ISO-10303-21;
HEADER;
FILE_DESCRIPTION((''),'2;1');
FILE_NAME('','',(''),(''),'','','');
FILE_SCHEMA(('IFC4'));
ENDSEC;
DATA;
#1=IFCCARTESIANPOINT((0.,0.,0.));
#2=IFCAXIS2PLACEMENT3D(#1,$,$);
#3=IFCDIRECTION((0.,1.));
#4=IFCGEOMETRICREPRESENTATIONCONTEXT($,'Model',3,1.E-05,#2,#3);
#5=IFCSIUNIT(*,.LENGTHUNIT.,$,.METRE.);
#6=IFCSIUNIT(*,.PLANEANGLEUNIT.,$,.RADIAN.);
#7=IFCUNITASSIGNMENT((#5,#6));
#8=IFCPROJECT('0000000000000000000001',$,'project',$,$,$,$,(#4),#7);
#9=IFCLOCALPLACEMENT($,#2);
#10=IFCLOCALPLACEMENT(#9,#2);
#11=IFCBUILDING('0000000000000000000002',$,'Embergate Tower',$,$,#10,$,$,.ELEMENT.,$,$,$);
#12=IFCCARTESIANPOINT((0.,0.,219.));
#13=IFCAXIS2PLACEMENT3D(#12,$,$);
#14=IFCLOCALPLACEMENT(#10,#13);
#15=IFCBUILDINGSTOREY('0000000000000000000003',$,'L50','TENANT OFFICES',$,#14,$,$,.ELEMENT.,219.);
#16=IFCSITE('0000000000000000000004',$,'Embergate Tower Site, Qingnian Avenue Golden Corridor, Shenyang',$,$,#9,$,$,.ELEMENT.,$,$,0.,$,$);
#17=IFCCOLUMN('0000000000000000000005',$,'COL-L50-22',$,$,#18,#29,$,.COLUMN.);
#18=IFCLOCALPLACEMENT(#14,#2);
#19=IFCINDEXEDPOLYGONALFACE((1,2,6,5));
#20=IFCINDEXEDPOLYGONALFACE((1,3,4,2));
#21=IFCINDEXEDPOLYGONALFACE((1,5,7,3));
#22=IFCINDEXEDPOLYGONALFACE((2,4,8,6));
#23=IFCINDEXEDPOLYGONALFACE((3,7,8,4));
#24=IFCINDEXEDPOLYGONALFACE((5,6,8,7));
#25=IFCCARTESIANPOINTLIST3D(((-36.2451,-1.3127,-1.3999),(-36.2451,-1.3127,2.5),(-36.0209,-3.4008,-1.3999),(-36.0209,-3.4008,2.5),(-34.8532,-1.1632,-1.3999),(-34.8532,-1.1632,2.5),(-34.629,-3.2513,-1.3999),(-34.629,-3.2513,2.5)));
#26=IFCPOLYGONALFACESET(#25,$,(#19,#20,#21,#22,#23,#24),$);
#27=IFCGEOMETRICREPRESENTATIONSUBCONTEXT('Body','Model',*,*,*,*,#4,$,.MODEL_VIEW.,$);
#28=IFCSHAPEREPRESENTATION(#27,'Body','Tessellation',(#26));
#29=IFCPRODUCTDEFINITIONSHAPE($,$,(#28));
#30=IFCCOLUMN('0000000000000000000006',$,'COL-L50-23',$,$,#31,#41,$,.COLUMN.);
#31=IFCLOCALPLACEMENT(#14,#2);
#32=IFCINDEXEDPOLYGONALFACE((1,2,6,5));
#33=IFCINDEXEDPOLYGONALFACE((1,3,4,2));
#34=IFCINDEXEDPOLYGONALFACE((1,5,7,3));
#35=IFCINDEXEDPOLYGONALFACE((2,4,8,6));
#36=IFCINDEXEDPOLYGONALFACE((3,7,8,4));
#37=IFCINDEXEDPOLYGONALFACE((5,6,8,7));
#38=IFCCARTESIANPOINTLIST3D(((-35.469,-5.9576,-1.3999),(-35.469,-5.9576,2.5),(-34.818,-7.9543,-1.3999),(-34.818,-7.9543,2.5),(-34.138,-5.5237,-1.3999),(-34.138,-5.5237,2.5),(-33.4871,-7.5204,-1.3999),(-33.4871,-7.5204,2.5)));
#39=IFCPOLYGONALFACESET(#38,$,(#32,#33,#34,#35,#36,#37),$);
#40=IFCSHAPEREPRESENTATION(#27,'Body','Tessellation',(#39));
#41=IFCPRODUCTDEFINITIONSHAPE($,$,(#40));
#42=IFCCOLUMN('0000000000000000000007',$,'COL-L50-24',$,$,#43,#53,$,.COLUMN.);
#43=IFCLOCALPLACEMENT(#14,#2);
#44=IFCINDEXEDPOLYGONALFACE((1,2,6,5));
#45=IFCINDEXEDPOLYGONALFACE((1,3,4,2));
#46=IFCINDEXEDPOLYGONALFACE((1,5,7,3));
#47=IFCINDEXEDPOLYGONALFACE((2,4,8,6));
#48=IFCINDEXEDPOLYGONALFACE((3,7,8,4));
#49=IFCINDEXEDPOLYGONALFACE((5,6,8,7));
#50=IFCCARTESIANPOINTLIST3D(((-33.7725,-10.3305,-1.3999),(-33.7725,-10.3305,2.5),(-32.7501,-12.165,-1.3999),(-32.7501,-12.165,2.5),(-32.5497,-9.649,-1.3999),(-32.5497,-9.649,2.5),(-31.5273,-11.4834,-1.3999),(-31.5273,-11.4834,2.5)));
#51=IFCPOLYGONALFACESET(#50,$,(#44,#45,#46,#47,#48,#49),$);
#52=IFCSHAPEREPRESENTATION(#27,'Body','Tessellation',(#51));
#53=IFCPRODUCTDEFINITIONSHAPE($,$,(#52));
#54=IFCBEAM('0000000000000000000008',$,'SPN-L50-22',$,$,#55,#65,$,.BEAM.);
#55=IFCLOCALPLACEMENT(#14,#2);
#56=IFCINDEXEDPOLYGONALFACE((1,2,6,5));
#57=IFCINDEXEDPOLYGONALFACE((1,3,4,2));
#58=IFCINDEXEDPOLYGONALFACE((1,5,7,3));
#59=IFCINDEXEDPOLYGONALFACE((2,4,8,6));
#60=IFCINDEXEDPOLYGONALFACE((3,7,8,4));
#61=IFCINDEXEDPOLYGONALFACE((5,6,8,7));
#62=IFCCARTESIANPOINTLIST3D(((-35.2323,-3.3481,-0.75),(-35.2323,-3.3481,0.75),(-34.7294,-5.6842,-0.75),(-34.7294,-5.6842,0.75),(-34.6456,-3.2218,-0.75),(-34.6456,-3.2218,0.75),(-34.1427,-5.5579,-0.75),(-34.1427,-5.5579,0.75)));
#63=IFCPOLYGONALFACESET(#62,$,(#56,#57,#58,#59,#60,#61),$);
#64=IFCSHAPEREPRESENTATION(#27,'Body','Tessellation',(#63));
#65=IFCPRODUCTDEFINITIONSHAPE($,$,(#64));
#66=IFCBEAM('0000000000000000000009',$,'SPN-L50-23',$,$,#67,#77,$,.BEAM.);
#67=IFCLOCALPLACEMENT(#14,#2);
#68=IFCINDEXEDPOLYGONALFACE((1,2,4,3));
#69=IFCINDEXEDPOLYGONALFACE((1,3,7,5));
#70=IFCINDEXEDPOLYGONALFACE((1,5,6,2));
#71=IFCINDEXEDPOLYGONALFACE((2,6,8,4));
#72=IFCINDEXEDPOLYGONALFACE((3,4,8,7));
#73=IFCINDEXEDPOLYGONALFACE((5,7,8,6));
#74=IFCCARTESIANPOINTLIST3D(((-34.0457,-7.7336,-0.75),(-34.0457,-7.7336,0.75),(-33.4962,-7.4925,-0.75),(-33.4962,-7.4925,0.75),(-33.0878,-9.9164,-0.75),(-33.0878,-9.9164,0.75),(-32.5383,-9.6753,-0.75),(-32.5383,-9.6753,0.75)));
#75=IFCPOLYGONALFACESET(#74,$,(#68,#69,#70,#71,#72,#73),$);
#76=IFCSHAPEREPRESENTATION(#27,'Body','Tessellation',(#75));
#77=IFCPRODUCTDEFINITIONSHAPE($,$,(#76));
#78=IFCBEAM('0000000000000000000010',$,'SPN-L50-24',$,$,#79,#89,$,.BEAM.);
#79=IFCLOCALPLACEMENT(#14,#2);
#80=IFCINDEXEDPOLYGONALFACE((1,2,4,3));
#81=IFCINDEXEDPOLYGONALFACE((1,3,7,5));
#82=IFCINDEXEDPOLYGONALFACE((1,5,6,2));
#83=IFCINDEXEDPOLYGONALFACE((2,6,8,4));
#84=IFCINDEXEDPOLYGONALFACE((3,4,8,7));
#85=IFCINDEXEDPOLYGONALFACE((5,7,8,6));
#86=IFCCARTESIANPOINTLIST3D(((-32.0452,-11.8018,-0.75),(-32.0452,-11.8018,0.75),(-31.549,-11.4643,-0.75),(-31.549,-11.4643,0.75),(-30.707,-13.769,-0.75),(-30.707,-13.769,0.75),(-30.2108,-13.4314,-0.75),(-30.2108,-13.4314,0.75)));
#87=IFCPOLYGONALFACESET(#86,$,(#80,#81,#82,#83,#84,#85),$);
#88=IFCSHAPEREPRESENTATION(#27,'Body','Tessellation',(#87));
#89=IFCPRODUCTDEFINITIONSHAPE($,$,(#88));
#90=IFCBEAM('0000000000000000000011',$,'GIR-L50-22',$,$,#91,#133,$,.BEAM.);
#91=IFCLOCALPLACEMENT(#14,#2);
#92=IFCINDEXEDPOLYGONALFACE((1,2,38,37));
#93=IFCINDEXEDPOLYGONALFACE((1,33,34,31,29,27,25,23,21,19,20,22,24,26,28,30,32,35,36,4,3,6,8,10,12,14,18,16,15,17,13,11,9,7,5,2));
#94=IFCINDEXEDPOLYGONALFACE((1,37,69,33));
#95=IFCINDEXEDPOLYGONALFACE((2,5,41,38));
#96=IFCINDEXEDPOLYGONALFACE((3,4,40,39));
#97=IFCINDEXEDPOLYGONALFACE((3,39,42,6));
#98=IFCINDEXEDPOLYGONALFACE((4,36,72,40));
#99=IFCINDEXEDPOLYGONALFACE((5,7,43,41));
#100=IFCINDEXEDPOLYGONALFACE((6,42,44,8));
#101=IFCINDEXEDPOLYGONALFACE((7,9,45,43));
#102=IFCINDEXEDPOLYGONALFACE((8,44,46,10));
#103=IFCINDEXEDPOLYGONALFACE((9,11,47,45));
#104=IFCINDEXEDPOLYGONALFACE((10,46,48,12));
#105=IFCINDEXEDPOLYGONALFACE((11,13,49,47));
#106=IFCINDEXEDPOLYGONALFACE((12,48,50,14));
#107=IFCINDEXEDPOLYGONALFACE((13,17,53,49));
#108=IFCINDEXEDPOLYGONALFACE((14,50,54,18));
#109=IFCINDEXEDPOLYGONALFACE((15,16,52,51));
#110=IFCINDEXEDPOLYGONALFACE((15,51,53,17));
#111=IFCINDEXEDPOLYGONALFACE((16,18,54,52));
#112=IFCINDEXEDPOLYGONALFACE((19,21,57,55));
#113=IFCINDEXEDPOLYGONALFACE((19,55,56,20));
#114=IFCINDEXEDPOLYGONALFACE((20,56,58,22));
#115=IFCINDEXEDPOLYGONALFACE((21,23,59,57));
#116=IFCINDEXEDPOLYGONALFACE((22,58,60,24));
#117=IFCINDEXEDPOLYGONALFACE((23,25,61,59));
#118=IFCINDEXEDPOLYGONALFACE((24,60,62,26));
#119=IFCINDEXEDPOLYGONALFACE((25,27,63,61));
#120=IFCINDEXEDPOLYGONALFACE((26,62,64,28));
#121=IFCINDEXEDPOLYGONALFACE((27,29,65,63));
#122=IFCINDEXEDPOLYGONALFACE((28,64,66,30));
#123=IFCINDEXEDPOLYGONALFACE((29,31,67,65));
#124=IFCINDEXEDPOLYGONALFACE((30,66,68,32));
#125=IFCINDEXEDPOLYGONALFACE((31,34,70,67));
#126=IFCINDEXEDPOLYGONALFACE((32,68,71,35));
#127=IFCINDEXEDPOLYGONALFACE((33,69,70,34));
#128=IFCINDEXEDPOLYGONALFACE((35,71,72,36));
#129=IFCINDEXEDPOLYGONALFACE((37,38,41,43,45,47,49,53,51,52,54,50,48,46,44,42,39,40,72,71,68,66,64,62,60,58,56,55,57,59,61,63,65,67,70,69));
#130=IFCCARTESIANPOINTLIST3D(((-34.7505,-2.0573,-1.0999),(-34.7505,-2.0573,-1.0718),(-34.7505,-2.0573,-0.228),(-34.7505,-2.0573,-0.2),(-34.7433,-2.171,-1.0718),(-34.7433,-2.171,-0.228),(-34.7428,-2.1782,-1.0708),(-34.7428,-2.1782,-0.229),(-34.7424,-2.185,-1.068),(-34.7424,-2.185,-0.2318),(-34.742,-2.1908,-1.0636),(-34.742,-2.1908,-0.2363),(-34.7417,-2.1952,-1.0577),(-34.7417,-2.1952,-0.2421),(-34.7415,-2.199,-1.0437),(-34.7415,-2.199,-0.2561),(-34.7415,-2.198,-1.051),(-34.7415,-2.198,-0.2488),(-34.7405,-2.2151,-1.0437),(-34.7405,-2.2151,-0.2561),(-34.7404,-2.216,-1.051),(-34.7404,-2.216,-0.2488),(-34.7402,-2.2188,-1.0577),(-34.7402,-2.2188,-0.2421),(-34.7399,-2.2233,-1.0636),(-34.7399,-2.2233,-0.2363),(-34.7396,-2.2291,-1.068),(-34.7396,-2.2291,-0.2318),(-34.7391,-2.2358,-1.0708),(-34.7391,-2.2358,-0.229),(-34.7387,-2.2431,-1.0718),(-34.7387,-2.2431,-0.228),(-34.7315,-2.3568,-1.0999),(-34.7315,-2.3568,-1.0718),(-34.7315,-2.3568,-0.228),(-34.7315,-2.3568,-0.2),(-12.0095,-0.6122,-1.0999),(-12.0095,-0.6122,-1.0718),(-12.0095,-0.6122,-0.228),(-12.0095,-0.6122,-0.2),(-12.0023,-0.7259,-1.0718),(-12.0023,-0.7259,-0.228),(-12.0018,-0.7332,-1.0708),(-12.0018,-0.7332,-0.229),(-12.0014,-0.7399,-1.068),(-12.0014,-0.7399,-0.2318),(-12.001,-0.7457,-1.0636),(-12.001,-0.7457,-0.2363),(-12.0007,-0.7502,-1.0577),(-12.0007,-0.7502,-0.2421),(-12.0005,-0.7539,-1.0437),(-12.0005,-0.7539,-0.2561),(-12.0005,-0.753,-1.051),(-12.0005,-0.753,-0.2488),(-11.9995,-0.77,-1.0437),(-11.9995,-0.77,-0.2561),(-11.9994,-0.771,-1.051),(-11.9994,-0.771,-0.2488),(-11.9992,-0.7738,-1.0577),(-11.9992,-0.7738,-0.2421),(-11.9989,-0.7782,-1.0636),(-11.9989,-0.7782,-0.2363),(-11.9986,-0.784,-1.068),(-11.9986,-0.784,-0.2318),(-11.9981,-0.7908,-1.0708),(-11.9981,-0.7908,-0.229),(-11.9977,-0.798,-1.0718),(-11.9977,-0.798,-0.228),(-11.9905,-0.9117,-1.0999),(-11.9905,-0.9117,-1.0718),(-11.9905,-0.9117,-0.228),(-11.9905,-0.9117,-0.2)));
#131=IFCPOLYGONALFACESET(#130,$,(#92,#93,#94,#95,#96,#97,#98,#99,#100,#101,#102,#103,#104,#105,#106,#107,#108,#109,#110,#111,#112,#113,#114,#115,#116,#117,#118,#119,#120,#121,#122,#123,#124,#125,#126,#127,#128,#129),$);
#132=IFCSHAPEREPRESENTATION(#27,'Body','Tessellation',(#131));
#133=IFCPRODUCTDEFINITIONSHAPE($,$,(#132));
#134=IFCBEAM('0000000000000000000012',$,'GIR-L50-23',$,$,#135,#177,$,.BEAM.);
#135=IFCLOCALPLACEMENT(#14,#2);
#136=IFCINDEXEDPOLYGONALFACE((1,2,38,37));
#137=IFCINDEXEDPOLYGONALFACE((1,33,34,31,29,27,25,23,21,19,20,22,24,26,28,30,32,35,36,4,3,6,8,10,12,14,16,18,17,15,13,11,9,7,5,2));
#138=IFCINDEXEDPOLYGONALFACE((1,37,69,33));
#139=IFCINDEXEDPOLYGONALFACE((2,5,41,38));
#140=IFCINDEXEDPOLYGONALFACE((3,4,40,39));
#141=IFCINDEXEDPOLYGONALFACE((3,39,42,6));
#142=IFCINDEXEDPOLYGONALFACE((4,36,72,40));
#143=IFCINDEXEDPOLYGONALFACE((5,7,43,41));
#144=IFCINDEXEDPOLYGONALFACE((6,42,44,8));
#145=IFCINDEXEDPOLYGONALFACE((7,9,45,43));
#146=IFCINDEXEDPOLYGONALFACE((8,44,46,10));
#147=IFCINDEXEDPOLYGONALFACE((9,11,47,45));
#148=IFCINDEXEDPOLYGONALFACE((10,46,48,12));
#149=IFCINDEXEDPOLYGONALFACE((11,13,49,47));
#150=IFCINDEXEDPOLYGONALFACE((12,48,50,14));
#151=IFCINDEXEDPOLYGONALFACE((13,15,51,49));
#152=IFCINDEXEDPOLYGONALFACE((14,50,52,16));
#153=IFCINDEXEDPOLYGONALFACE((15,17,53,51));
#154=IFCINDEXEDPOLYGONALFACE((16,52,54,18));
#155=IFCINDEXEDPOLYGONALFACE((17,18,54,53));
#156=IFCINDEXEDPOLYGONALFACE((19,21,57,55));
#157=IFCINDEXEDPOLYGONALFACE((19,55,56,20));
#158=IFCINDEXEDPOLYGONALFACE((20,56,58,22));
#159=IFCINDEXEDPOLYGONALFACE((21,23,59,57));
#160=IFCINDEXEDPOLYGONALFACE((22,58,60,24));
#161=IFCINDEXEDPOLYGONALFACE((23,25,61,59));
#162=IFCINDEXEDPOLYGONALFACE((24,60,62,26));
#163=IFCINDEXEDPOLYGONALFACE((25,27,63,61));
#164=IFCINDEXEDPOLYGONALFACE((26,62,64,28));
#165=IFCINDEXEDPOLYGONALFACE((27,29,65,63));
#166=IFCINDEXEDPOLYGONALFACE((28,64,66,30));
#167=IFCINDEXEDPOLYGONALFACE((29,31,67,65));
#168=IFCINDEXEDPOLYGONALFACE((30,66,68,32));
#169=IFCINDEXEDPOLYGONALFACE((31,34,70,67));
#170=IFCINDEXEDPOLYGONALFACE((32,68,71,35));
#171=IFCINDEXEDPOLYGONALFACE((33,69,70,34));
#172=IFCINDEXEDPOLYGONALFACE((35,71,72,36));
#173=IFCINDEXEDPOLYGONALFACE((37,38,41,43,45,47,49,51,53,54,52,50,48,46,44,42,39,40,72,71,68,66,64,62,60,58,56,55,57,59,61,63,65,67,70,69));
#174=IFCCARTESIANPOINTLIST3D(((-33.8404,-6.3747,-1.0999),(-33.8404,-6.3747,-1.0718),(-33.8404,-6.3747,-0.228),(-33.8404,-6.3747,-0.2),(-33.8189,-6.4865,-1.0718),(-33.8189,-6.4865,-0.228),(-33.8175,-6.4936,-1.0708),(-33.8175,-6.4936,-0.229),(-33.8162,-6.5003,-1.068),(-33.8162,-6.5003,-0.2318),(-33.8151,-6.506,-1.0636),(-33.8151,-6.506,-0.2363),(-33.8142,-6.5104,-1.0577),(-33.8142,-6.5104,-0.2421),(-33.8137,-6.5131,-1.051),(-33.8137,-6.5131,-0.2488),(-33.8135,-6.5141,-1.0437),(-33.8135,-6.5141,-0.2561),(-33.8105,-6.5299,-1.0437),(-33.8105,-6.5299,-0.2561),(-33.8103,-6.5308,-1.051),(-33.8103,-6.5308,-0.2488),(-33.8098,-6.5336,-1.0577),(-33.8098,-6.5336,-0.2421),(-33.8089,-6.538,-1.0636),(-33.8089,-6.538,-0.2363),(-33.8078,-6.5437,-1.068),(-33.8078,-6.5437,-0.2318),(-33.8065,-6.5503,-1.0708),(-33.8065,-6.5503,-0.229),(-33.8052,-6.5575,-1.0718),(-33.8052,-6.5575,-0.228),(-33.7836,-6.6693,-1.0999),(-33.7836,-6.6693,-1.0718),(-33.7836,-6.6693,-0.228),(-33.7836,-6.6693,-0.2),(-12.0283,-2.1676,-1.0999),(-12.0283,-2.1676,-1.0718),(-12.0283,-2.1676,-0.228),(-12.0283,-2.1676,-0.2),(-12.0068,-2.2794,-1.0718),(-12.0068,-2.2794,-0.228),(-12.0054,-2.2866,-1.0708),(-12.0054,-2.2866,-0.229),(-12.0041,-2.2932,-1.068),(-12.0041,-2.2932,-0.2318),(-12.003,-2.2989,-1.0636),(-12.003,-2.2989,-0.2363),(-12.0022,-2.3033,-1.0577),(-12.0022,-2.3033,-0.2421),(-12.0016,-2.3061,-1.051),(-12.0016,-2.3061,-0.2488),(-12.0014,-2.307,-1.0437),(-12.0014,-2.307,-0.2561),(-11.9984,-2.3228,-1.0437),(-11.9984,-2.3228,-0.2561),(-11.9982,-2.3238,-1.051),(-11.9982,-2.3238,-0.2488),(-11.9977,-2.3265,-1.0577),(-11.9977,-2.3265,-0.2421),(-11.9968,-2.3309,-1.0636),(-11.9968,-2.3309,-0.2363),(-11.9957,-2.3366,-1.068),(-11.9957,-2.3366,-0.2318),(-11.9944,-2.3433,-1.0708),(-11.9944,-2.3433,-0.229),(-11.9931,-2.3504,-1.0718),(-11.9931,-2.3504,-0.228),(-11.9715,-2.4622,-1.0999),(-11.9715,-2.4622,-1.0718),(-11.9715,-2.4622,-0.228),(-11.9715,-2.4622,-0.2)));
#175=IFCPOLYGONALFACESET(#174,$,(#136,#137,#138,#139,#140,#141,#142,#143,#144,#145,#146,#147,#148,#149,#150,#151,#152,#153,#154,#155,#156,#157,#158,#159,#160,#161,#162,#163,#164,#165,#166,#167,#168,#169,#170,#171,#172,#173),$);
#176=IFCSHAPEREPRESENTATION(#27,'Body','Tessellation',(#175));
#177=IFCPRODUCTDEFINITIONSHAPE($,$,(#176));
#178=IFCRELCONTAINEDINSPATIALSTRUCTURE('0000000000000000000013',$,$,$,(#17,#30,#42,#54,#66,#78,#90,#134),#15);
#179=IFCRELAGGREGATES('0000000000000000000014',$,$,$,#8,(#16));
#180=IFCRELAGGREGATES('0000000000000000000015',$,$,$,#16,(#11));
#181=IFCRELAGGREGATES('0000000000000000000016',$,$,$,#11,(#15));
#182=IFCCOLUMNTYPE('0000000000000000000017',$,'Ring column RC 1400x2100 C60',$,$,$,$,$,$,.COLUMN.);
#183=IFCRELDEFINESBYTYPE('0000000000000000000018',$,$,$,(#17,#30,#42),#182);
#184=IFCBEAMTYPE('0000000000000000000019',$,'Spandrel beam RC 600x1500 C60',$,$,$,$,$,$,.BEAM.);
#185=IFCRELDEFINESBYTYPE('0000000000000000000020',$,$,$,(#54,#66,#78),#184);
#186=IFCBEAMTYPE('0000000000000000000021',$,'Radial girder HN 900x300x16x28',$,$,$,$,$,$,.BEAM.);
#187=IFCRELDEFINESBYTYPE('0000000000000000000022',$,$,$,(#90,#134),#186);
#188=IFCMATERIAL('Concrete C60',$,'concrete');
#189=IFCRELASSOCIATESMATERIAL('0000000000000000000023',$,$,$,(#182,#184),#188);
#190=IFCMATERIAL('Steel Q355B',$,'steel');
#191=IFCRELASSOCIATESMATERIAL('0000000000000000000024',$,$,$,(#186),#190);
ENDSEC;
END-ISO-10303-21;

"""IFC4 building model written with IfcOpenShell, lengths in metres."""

from ifc_helpers import new_model, si_unit, direction, frame, origin, origin_2d, place, context, subcontext, project, spatial, rectangle, i_section, extrude, source, transform, mapped, material, material_profile, profile_set, type_object, element, save


model = new_model("IFC4")

# Units and contexts
model_context = context("Model", 3, precision=1e-05, world=origin(), true_north=direction((0.0, 1.0)))
body_context = subcontext(model_context, "Body", "Model", "MODEL_VIEW")
ifc_project = project(units=[si_unit("LENGTHUNIT", "METRE"), si_unit("PLANEANGLEUNIT", "RADIAN")], contexts=[model_context])

# Site, building, storey
site_placement = place(None, origin())
site = spatial("IfcSite", under=ifc_project, at=site_placement, Name="Embergate Tower Site, Qingnian Avenue Golden Corridor, Shenyang", CompositionType="ELEMENT", RefElevation=0.0)
building_placement = place(site_placement, origin())
building = spatial("IfcBuilding", under=site, at=building_placement, Name="Embergate Tower", CompositionType="ELEMENT")
storey_placement = place(building_placement, frame((0.0, 0.0, 219.0)))
storey = spatial("IfcBuildingStorey", under=building, at=storey_placement, Name="L50", Description="TENANT OFFICES", CompositionType="ELEMENT", Elevation=219.0)

# Columns
ifc_material_1 = material(Name="Concrete C60", Category="concrete")
ifc_material_profile_1 = material_profile(ifc_material_1, rectangle(XDim=1.3999, YDim=2.1001, at=origin_2d()), Name="RC 1400x2100")
ifc_profile_set_1 = profile_set([ifc_material_profile_1], Name="Concrete C60")
column_type = type_object("IfcColumnType", Name="Ring column RC 1400x2100 C60", PredefinedType="COLUMN", material=ifc_profile_set_1)
shared_shape_1 = source(origin(), body_context, "Body", "SweptSolid", [
    extrude(rectangle(XDim=1.3999, YDim=2.1001, at=origin_2d()), origin(), (0.0, 0.0, 1.0), 3.8999),
])
for number, where, z_axis, x_axis, name in (
    (1, (-35.437, -2.282, -1.3999), (0.0, 0.0, 1.0), (-0.994286, -0.10675, 0.0), "COL-L50-22"),
    (2, (-34.478, -6.739, -1.3999), (0.0, 0.0, 1.0), (-0.950754, -0.309946, 0.0), "COL-L50-23"),
    (3, (-32.6499, -10.907, -1.3999), (0.0, 0.0, 1.0), (-0.8735, -0.486823, 0.0), "COL-L50-24"),
):
    element("IfcColumn", number, at=place(storey_placement, frame(where, z_axis=z_axis, x_axis=x_axis)), inside=storey, type_object=column_type, Name=name, PredefinedType="COLUMN", context=body_context, shape_type="MappedRepresentation", body=[
        mapped(shared_shape_1, transform((0.0, 0.0, 0.0))),
    ])

# Beams
ifc_material_profile_2 = material_profile(ifc_material_1, rectangle(XDim=0.6001, YDim=1.5, at=origin_2d()), Name="RC 600x1500")
ifc_profile_set_2 = profile_set([ifc_material_profile_2], Name="Concrete C60")
beam_type_1 = type_object("IfcBeamType", Name="Spandrel beam RC 600x1500 C60", PredefinedType="BEAM", material=ifc_profile_set_2)
shared_shape_2 = source(origin(), body_context, "Body", "SweptSolid", [
    extrude(rectangle(XDim=0.6001, YDim=1.5, at=origin_2d()), origin(), (0.0, 0.0, 1.0), 2.3896),
])
beam_1_placement = place(storey_placement, frame((-34.939, -3.2849, 0.0), z_axis=(0.210457, -0.977603, 0.0), x_axis=(0.977603, 0.210457, 0.0)))
element("IfcBeam", 4, at=beam_1_placement, inside=storey, type_object=beam_type_1, Name="SPN-L50-22", PredefinedType="BEAM", context=body_context, shape_type="MappedRepresentation", body=[
    mapped(shared_shape_2, transform((0.0, 0.0, 0.0))),
])
shared_shape_3 = source(origin(), body_context, "Body", "SweptSolid", [
    extrude(rectangle(XDim=0.6001, YDim=1.5, at=origin_2d()), origin(), (0.0, 0.0, 1.0), 2.3838),
])
beam_2_placement = place(storey_placement, frame((-33.771, -7.613, 0.0), z_axis=(0.401877, -0.915694, 0.0), x_axis=(0.915694, 0.401877, 0.0)))
element("IfcBeam", 5, at=beam_2_placement, inside=storey, type_object=beam_type_1, Name="SPN-L50-23", PredefinedType="BEAM", context=body_context, shape_type="MappedRepresentation", body=[
    mapped(shared_shape_3, transform((0.0, 0.0, 0.0))),
])
shared_shape_4 = source(origin(), body_context, "Body", "SweptSolid", [
    extrude(rectangle(XDim=0.6001, YDim=1.5, at=origin_2d()), origin(), (0.0, 0.0, 1.0), 2.3792),
])
beam_3_placement = place(storey_placement, frame((-31.7971, -11.6331, 0.0), z_axis=(0.562467, -0.82682, 0.0), x_axis=(0.82682, 0.562467, 0.0)))
element("IfcBeam", 6, at=beam_3_placement, inside=storey, type_object=beam_type_1, Name="SPN-L50-24", PredefinedType="BEAM", context=body_context, shape_type="MappedRepresentation", body=[
    mapped(shared_shape_4, transform((0.0, 0.0, 0.0))),
])
ifc_material_2 = material(Name="Steel Q355B", Category="steel")
ifc_material_profile_3 = material_profile(ifc_material_2, i_section(OverallWidth=0.3, OverallDepth=0.8999, WebThickness=0.0161, FlangeThickness=0.0281, FilletRadius=0.0281, at=origin_2d()), Name="HN 900x300x16x28")
ifc_profile_set_3 = profile_set([ifc_material_profile_3], Name="Steel Q355 grade B")
beam_type_2 = type_object("IfcBeamType", Name="Radial girder HN 900x300x16x28", PredefinedType="BEAM", material=ifc_profile_set_3)
shared_shape_5 = source(origin(), body_context, "Body", "SweptSolid", [
    extrude(i_section(OverallWidth=0.3, OverallDepth=0.8999, WebThickness=0.0161, FlangeThickness=0.0281, FilletRadius=0.0281, at=origin_2d()), origin(), (0.0, 0.0, 1.0), 22.7869),
])
beam_4_placement = place(storey_placement, frame((-34.741, -2.207, -0.6499), z_axis=(0.997987, 0.063417, 0.0), x_axis=(-0.063417, 0.997987, 0.0)))
element("IfcBeam", 7, at=beam_4_placement, inside=storey, type_object=beam_type_2, Name="GIR-L50-22", PredefinedType="BEAM", context=body_context, shape_type="MappedRepresentation", body=[
    mapped(shared_shape_5, transform((0.0, 0.0, 0.0))),
])
shared_shape_6 = source(origin(), body_context, "Body", "SweptSolid", [
    extrude(i_section(OverallWidth=0.3, OverallDepth=0.8999, WebThickness=0.0161, FlangeThickness=0.0281, FilletRadius=0.0281, at=origin_2d()), origin(), (0.0, 0.0, 1.0), 22.2141),
])
beam_5_placement = place(storey_placement, frame((-33.812, -6.522, -0.6499), z_axis=(0.981903, 0.189386, 0.0), x_axis=(-0.189386, 0.981903, 0.0)))
element("IfcBeam", 8, at=beam_5_placement, inside=storey, type_object=beam_type_2, Name="GIR-L50-23", PredefinedType="BEAM", context=body_context, shape_type="MappedRepresentation", body=[
    mapped(shared_shape_6, transform((0.0, 0.0, 0.0))),
])

save(model, "model.ifc")
